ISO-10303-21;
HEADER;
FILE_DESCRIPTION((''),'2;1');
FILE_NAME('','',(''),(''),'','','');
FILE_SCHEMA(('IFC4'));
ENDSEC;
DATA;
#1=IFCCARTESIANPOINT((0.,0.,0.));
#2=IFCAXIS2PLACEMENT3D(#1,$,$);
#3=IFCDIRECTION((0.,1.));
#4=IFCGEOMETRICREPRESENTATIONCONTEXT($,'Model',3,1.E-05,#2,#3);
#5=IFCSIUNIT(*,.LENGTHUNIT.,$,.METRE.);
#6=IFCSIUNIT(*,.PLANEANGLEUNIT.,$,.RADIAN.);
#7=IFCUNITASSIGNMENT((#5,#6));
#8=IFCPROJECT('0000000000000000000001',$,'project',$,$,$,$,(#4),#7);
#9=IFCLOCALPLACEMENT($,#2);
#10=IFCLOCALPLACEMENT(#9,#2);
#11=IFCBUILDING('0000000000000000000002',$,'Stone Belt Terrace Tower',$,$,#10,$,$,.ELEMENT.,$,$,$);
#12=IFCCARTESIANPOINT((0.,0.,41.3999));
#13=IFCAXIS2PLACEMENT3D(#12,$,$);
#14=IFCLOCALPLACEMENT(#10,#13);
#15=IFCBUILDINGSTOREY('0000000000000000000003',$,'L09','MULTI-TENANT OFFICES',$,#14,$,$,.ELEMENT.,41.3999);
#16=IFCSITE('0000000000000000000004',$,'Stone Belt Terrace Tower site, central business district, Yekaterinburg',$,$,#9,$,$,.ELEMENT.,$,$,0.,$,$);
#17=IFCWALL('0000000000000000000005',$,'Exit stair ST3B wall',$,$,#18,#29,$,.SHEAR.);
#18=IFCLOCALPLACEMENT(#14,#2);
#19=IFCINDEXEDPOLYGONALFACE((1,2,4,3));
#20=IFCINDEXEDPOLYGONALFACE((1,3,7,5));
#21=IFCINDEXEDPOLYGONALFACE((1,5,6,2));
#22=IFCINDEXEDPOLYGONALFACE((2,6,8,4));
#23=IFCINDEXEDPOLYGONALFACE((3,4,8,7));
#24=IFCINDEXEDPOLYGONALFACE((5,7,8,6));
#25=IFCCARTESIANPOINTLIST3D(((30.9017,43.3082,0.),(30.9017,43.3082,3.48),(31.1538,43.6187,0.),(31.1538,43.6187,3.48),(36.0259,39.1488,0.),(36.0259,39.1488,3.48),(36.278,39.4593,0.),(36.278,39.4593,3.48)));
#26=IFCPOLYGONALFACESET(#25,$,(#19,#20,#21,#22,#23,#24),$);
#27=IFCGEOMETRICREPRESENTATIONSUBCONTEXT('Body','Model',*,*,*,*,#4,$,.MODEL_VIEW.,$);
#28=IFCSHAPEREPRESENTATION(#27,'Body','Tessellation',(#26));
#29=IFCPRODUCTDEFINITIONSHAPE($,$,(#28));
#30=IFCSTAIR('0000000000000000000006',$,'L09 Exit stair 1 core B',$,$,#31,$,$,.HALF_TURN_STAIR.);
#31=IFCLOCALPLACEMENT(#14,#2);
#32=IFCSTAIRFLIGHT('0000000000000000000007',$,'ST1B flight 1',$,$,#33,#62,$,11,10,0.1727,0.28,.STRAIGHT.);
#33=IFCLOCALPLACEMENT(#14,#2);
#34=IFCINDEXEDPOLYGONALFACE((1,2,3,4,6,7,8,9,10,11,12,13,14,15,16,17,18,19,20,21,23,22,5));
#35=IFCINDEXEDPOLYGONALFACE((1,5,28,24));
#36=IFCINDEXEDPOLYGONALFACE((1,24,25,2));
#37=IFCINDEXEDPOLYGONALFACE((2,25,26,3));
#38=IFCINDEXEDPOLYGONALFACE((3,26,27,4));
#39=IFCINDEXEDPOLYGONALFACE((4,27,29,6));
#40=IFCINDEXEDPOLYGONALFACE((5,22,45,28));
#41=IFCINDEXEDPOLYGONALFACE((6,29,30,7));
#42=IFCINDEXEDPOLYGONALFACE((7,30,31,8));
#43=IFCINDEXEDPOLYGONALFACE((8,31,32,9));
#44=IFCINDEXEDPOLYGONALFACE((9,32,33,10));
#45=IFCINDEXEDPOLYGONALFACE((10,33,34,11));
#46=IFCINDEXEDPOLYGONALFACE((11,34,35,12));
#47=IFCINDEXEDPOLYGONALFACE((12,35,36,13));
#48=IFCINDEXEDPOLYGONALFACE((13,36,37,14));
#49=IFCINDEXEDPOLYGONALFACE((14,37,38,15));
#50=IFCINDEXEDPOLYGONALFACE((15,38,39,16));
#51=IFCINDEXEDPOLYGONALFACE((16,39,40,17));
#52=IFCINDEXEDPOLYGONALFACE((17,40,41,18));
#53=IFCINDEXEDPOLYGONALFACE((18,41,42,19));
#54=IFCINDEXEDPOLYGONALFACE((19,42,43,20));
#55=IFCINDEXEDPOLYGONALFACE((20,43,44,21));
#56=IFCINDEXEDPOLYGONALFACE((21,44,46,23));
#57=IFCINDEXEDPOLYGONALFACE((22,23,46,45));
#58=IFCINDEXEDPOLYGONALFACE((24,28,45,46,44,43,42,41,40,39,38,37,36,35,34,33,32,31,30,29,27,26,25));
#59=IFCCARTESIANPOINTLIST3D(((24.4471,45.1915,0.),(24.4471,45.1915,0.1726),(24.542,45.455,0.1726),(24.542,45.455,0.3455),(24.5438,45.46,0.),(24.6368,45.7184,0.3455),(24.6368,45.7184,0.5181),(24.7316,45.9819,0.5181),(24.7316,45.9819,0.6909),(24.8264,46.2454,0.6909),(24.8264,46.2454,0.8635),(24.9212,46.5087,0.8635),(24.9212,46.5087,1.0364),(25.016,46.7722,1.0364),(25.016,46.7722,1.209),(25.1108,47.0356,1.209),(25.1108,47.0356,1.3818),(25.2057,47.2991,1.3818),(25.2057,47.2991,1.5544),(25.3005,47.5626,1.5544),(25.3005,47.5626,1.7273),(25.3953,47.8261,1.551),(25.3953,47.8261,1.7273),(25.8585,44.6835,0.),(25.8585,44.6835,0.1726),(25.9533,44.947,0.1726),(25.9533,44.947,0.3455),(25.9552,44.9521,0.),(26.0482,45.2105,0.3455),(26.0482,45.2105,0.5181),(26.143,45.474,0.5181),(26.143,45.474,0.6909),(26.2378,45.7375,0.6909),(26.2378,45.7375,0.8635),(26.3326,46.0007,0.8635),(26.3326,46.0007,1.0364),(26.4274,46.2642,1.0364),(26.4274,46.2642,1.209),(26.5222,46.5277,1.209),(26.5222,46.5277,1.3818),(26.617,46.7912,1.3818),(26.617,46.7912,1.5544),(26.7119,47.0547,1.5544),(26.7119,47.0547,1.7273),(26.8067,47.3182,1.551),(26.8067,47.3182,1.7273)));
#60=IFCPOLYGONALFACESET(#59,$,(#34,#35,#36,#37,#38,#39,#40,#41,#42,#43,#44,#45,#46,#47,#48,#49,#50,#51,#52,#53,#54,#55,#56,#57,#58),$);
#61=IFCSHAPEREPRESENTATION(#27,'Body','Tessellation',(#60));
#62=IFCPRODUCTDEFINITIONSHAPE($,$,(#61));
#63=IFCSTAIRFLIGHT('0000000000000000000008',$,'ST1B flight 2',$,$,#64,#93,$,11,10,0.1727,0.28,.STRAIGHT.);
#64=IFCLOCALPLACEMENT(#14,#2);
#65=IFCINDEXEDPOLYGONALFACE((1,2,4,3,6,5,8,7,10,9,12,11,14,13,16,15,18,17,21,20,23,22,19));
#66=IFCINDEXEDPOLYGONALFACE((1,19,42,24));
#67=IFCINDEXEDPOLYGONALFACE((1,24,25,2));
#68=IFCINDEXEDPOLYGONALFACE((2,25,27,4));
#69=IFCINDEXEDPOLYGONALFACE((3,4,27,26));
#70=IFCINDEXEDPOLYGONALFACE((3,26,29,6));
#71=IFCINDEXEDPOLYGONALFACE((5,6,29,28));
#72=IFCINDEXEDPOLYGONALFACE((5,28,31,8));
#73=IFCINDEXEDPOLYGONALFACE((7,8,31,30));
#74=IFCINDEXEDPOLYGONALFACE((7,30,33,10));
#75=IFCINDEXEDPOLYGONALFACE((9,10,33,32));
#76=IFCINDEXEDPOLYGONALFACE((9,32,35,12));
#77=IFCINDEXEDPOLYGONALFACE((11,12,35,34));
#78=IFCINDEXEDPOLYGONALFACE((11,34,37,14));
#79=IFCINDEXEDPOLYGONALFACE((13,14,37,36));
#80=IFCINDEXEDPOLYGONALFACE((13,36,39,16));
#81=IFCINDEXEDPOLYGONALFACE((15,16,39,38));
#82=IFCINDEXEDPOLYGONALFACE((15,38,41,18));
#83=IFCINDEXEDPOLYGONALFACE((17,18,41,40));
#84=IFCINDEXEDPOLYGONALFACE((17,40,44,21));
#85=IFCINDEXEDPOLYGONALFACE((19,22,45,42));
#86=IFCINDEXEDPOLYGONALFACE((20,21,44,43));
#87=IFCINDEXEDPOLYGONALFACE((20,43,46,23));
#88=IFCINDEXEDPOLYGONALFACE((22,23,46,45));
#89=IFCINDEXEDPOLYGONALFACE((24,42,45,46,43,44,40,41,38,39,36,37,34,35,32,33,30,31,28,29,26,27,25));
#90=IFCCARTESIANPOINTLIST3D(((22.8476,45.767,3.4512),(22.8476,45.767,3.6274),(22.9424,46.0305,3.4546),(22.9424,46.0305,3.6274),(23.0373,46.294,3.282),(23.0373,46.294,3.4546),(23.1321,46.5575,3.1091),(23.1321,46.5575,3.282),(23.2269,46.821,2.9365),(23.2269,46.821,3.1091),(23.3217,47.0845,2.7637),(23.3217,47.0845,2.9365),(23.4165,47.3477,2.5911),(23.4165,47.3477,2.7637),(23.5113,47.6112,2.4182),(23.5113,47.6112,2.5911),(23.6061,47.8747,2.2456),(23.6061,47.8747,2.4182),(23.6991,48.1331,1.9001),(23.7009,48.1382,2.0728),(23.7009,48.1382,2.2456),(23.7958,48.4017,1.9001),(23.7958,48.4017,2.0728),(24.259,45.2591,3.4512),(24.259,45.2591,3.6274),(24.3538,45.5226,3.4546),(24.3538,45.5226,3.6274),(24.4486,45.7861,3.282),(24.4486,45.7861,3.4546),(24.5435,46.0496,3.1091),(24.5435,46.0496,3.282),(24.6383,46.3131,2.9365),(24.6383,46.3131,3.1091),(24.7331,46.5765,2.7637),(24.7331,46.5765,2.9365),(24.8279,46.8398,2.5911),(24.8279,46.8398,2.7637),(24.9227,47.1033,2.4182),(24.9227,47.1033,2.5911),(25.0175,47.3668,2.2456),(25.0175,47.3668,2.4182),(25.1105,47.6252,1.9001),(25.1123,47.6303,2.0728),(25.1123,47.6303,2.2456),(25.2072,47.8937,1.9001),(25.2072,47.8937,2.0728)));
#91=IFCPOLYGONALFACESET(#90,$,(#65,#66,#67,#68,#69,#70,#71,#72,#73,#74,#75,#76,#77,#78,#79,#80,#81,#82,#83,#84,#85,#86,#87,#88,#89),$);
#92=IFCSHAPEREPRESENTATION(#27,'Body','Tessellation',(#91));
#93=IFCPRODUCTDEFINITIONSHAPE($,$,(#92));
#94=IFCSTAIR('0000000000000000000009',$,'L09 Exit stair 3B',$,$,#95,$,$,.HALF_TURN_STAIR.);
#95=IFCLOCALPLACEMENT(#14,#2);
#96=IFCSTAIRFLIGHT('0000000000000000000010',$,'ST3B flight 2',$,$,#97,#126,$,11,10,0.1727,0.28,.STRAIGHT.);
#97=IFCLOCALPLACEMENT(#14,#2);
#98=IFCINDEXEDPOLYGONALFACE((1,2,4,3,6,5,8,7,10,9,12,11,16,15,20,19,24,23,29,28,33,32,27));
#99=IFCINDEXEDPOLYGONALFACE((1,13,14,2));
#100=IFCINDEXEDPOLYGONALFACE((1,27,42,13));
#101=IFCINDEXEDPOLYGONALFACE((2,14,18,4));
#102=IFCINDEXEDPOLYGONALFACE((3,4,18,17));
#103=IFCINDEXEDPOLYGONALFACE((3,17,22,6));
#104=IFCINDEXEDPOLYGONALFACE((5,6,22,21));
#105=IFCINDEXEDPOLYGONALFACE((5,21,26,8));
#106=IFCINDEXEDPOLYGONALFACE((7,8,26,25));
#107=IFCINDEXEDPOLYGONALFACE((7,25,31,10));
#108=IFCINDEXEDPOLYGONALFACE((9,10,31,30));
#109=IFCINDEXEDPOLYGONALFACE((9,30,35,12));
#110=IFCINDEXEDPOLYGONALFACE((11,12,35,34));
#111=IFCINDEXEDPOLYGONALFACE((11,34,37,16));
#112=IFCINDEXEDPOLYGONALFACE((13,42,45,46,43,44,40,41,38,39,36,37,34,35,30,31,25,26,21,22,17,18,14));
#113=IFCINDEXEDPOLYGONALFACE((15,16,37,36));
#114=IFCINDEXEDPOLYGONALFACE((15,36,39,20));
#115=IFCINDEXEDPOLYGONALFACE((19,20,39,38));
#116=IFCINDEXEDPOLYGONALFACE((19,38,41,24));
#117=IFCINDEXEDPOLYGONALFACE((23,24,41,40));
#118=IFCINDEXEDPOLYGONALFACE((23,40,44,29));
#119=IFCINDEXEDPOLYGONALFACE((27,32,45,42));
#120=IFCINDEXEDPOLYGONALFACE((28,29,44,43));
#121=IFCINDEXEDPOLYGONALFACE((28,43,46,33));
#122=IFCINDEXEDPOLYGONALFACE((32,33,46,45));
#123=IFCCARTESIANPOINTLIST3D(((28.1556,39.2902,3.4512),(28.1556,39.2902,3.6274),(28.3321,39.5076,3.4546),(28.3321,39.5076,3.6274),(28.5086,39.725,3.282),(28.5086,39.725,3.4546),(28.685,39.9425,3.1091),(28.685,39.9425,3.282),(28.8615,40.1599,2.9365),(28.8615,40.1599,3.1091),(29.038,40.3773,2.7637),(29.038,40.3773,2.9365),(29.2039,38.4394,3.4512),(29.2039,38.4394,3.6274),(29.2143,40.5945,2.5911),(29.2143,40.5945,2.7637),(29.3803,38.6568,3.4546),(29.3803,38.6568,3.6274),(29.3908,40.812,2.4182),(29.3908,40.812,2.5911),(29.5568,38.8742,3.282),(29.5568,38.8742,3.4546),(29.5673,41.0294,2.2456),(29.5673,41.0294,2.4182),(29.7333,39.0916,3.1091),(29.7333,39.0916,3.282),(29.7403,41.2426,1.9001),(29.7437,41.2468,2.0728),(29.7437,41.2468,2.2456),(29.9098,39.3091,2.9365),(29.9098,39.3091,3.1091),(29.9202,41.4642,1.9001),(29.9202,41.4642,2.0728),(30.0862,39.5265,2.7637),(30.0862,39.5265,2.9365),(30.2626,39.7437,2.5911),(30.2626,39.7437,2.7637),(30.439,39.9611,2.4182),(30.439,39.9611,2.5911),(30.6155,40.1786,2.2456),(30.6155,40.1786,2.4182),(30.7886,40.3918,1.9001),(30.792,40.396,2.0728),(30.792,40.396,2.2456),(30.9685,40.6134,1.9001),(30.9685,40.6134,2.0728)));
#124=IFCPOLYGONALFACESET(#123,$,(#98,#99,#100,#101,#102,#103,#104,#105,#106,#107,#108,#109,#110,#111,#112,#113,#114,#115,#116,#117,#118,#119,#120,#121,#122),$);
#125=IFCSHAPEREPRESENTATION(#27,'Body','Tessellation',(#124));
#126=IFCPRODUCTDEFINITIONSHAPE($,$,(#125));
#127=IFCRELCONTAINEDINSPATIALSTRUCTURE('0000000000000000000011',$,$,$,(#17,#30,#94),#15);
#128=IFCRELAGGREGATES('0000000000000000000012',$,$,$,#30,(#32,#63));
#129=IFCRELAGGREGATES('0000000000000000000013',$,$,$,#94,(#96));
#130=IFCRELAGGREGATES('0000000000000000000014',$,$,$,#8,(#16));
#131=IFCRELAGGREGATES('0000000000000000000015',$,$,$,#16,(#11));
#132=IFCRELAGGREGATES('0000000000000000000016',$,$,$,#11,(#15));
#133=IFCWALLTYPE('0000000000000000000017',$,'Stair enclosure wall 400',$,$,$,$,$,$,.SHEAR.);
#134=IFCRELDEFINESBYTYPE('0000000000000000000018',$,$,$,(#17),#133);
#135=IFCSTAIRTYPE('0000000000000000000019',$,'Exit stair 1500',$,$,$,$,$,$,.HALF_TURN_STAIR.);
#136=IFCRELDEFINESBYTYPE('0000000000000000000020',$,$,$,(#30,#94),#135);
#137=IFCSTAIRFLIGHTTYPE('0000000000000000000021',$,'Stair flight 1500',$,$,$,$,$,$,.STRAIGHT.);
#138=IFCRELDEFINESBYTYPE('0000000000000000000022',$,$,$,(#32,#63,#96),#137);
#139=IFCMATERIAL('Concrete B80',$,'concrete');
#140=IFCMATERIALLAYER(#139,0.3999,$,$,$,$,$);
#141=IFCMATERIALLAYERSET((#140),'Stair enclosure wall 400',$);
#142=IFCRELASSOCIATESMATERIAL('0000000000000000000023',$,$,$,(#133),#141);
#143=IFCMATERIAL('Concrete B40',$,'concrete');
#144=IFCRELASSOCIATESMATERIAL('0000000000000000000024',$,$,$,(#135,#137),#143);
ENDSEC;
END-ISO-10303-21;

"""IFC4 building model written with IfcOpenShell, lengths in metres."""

from ifc_helpers import new_model, si_unit, direction, frame, frame_2d, origin, place, context, subcontext, project, spatial, polyline, rectangle, outline, extrude, material, layer, layer_set, type_object, element, aggregate, save


model = new_model("IFC4")

# Units and contexts
model_context = context("Model", 3, precision=1e-05, world=origin(), true_north=direction((0.0, 1.0)))
body_context = subcontext(model_context, "Body", "Model", "MODEL_VIEW")
ifc_project = project(units=[si_unit("LENGTHUNIT", "METRE"), si_unit("PLANEANGLEUNIT", "RADIAN")], contexts=[model_context])

# Site, building, storey
site_placement = place(None, origin())
site = spatial("IfcSite", under=ifc_project, at=site_placement, Name="Stone Belt Terrace Tower site, central business district, Yekaterinburg", CompositionType="ELEMENT", RefElevation=0.0)
building_placement = place(site_placement, origin())
building = spatial("IfcBuilding", under=site, at=building_placement, Name="Stone Belt Terrace Tower", CompositionType="ELEMENT")
storey_placement = place(building_placement, frame((0.0, 0.0, 41.3999)))
storey = spatial("IfcBuildingStorey", under=building, at=storey_placement, Name="L09", Description="MULTI-TENANT OFFICES", CompositionType="ELEMENT", Elevation=41.3999)

# Shared definitions
ifc_material_1 = material(Name="Concrete B80", Category="concrete")

# Shared definitions
ifc_layer_1 = layer(ifc_material_1, 0.3999)
ifc_layer_set_1 = layer_set([ifc_layer_1], Name="Stair enclosure wall 400")
wall_type_1 = type_object("IfcWallType", Name="Stair enclosure wall 400", PredefinedType="SHEAR", material=ifc_layer_set_1)

# Wall
wall_1_placement = place(storey_placement, frame((31.0278, 43.4634, 0.0), z_axis=(0.0, 0.0, 1.0), x_axis=(0.776414, -0.630224, 0.0)))
element("IfcWall", 1, at=wall_1_placement, inside=storey, type_object=wall_type_1, Name="Exit stair ST3B wall", PredefinedType="SHEAR", context=body_context, shape_type="SweptSolid", body=[
    extrude(rectangle(XDim=6.5999, YDim=0.3999, at=frame_2d((3.2998, 0.0))), origin(), (0.0, 0.0, 1.0), 3.48),
])

# Stair, stair flights
ifc_material_2 = material(Name="Concrete B40", Category="concrete")
stair_type = type_object("IfcStairType", Name="Exit stair 1500", PredefinedType="HALF_TURN_STAIR", material=ifc_material_2)
stair_1_placement = place(storey_placement, origin())
stair_1 = element("IfcStair", 2, at=stair_1_placement, inside=storey, type_object=stair_type, Name="L09 Exit stair 1 core B", PredefinedType="HALF_TURN_STAIR")
stair_flight_type = type_object("IfcStairFlightType", Name="Stair flight 1500", PredefinedType="STRAIGHT", material=ifc_material_2)
stair_flight_1_placement = place(storey_placement, frame((25.1528, 44.9375, 0.0), z_axis=(0.0, 0.0, 1.0), x_axis=(0.338624, 0.940922, 0.0)))
stair_flight_1 = element("IfcStairFlight", 3, at=stair_flight_1_placement, type_object=stair_flight_type, Name="ST1B flight 1", NumberOfRisers=11, NumberOfTreads=10, PredefinedType="STRAIGHT", RiserHeight=0.1727, TreadLength=0.28, context=body_context, shape_type="SweptSolid", body=[
    extrude(outline(polyline([(0.0, 0.0), (0.0, 0.1726), (0.28, 0.1726), (0.28, 0.3455), (0.5601, 0.3455), (0.5601, 0.5181), (0.8401, 0.5181), (0.8401, 0.6909), (1.1201, 0.6909), (1.1201, 0.8635), (1.3999, 0.8635), (1.3999, 1.0364), (1.6799, 1.0364), (1.6799, 1.209), (1.96, 1.209), (1.96, 1.3818), (2.24, 1.3818), (2.24, 1.5544), (2.52, 1.5544), (2.52, 1.7273), (2.8, 1.7273), (2.8, 1.8999), (2.8, 1.551), (0.2854, 0.0), (0.0, 0.0)])), frame((0.0, 0.75, 0.0), z_axis=(0.0, -1.0, 0.0), x_axis=(1.0, 0.0, 0.0)), (0.0, 0.0, 1.0), 1.5),
])
stair_flight_2_placement = place(storey_placement, frame((24.5015, 48.1477, 1.9001), z_axis=(0.0, 0.0, 1.0), x_axis=(-0.338624, -0.940922, 0.0)))
stair_flight_2 = element("IfcStairFlight", 4, at=stair_flight_2_placement, type_object=stair_flight_type, Name="ST1B flight 2", NumberOfRisers=11, NumberOfTreads=10, PredefinedType="STRAIGHT", RiserHeight=0.1727, TreadLength=0.28, context=body_context, shape_type="SweptSolid", body=[
    extrude(outline(polyline([(0.0, 0.0), (0.0, 0.1726), (0.28, 0.1726), (0.28, 0.3455), (0.5601, 0.3455), (0.5601, 0.5181), (0.8401, 0.5181), (0.8401, 0.6909), (1.1201, 0.6909), (1.1201, 0.8635), (1.3999, 0.8635), (1.3999, 1.0364), (1.6799, 1.0364), (1.6799, 1.209), (1.96, 1.209), (1.96, 1.3818), (2.24, 1.3818), (2.24, 1.5544), (2.52, 1.5544), (2.52, 1.7273), (2.8, 1.7273), (2.8, 1.8999), (2.8, 1.551), (0.2854, 0.0), (0.0, 0.0)])), frame((0.0, 0.75, 0.0), z_axis=(0.0, -1.0, 0.0), x_axis=(1.0, 0.0, 0.0)), (0.0, 0.0, 1.0), 1.5),
])
aggregate(stair_1, [stair_flight_1, stair_flight_2])

# Stair, stair flight
stair_2_placement = place(storey_placement, origin())
stair_2 = element("IfcStair", 5, at=stair_2_placement, inside=storey, type_object=stair_type, Name="L09 Exit stair 3B", PredefinedType="HALF_TURN_STAIR")
stair_flight_3_placement = place(storey_placement, frame((30.4443, 41.0388, 1.9001), z_axis=(0.0, 0.0, 1.0), x_axis=(-0.630206, -0.776428, 0.0)))
stair_flight_3 = element("IfcStairFlight", 6, at=stair_flight_3_placement, type_object=stair_flight_type, Name="ST3B flight 2", NumberOfRisers=11, NumberOfTreads=10, PredefinedType="STRAIGHT", RiserHeight=0.1727, TreadLength=0.28, context=body_context, shape_type="SweptSolid", body=[
    extrude(outline(polyline([(0.0, 0.0), (0.0, 0.1726), (0.28, 0.1726), (0.28, 0.3455), (0.5601, 0.3455), (0.5601, 0.5181), (0.8401, 0.5181), (0.8401, 0.6909), (1.1201, 0.6909), (1.1201, 0.8635), (1.3999, 0.8635), (1.3999, 1.0364), (1.6799, 1.0364), (1.6799, 1.209), (1.96, 1.209), (1.96, 1.3818), (2.24, 1.3818), (2.24, 1.5544), (2.52, 1.5544), (2.52, 1.7273), (2.8, 1.7273), (2.8, 1.8999), (2.8, 1.551), (0.2854, 0.0), (0.0, 0.0)])), frame((0.0, 0.675, 0.0), z_axis=(0.0, -1.0, 0.0), x_axis=(1.0, 0.0, 0.0)), (0.0, 0.0, 1.0), 1.3501),
])
aggregate(stair_2, [stair_flight_3])

save(model, "model.ifc")
